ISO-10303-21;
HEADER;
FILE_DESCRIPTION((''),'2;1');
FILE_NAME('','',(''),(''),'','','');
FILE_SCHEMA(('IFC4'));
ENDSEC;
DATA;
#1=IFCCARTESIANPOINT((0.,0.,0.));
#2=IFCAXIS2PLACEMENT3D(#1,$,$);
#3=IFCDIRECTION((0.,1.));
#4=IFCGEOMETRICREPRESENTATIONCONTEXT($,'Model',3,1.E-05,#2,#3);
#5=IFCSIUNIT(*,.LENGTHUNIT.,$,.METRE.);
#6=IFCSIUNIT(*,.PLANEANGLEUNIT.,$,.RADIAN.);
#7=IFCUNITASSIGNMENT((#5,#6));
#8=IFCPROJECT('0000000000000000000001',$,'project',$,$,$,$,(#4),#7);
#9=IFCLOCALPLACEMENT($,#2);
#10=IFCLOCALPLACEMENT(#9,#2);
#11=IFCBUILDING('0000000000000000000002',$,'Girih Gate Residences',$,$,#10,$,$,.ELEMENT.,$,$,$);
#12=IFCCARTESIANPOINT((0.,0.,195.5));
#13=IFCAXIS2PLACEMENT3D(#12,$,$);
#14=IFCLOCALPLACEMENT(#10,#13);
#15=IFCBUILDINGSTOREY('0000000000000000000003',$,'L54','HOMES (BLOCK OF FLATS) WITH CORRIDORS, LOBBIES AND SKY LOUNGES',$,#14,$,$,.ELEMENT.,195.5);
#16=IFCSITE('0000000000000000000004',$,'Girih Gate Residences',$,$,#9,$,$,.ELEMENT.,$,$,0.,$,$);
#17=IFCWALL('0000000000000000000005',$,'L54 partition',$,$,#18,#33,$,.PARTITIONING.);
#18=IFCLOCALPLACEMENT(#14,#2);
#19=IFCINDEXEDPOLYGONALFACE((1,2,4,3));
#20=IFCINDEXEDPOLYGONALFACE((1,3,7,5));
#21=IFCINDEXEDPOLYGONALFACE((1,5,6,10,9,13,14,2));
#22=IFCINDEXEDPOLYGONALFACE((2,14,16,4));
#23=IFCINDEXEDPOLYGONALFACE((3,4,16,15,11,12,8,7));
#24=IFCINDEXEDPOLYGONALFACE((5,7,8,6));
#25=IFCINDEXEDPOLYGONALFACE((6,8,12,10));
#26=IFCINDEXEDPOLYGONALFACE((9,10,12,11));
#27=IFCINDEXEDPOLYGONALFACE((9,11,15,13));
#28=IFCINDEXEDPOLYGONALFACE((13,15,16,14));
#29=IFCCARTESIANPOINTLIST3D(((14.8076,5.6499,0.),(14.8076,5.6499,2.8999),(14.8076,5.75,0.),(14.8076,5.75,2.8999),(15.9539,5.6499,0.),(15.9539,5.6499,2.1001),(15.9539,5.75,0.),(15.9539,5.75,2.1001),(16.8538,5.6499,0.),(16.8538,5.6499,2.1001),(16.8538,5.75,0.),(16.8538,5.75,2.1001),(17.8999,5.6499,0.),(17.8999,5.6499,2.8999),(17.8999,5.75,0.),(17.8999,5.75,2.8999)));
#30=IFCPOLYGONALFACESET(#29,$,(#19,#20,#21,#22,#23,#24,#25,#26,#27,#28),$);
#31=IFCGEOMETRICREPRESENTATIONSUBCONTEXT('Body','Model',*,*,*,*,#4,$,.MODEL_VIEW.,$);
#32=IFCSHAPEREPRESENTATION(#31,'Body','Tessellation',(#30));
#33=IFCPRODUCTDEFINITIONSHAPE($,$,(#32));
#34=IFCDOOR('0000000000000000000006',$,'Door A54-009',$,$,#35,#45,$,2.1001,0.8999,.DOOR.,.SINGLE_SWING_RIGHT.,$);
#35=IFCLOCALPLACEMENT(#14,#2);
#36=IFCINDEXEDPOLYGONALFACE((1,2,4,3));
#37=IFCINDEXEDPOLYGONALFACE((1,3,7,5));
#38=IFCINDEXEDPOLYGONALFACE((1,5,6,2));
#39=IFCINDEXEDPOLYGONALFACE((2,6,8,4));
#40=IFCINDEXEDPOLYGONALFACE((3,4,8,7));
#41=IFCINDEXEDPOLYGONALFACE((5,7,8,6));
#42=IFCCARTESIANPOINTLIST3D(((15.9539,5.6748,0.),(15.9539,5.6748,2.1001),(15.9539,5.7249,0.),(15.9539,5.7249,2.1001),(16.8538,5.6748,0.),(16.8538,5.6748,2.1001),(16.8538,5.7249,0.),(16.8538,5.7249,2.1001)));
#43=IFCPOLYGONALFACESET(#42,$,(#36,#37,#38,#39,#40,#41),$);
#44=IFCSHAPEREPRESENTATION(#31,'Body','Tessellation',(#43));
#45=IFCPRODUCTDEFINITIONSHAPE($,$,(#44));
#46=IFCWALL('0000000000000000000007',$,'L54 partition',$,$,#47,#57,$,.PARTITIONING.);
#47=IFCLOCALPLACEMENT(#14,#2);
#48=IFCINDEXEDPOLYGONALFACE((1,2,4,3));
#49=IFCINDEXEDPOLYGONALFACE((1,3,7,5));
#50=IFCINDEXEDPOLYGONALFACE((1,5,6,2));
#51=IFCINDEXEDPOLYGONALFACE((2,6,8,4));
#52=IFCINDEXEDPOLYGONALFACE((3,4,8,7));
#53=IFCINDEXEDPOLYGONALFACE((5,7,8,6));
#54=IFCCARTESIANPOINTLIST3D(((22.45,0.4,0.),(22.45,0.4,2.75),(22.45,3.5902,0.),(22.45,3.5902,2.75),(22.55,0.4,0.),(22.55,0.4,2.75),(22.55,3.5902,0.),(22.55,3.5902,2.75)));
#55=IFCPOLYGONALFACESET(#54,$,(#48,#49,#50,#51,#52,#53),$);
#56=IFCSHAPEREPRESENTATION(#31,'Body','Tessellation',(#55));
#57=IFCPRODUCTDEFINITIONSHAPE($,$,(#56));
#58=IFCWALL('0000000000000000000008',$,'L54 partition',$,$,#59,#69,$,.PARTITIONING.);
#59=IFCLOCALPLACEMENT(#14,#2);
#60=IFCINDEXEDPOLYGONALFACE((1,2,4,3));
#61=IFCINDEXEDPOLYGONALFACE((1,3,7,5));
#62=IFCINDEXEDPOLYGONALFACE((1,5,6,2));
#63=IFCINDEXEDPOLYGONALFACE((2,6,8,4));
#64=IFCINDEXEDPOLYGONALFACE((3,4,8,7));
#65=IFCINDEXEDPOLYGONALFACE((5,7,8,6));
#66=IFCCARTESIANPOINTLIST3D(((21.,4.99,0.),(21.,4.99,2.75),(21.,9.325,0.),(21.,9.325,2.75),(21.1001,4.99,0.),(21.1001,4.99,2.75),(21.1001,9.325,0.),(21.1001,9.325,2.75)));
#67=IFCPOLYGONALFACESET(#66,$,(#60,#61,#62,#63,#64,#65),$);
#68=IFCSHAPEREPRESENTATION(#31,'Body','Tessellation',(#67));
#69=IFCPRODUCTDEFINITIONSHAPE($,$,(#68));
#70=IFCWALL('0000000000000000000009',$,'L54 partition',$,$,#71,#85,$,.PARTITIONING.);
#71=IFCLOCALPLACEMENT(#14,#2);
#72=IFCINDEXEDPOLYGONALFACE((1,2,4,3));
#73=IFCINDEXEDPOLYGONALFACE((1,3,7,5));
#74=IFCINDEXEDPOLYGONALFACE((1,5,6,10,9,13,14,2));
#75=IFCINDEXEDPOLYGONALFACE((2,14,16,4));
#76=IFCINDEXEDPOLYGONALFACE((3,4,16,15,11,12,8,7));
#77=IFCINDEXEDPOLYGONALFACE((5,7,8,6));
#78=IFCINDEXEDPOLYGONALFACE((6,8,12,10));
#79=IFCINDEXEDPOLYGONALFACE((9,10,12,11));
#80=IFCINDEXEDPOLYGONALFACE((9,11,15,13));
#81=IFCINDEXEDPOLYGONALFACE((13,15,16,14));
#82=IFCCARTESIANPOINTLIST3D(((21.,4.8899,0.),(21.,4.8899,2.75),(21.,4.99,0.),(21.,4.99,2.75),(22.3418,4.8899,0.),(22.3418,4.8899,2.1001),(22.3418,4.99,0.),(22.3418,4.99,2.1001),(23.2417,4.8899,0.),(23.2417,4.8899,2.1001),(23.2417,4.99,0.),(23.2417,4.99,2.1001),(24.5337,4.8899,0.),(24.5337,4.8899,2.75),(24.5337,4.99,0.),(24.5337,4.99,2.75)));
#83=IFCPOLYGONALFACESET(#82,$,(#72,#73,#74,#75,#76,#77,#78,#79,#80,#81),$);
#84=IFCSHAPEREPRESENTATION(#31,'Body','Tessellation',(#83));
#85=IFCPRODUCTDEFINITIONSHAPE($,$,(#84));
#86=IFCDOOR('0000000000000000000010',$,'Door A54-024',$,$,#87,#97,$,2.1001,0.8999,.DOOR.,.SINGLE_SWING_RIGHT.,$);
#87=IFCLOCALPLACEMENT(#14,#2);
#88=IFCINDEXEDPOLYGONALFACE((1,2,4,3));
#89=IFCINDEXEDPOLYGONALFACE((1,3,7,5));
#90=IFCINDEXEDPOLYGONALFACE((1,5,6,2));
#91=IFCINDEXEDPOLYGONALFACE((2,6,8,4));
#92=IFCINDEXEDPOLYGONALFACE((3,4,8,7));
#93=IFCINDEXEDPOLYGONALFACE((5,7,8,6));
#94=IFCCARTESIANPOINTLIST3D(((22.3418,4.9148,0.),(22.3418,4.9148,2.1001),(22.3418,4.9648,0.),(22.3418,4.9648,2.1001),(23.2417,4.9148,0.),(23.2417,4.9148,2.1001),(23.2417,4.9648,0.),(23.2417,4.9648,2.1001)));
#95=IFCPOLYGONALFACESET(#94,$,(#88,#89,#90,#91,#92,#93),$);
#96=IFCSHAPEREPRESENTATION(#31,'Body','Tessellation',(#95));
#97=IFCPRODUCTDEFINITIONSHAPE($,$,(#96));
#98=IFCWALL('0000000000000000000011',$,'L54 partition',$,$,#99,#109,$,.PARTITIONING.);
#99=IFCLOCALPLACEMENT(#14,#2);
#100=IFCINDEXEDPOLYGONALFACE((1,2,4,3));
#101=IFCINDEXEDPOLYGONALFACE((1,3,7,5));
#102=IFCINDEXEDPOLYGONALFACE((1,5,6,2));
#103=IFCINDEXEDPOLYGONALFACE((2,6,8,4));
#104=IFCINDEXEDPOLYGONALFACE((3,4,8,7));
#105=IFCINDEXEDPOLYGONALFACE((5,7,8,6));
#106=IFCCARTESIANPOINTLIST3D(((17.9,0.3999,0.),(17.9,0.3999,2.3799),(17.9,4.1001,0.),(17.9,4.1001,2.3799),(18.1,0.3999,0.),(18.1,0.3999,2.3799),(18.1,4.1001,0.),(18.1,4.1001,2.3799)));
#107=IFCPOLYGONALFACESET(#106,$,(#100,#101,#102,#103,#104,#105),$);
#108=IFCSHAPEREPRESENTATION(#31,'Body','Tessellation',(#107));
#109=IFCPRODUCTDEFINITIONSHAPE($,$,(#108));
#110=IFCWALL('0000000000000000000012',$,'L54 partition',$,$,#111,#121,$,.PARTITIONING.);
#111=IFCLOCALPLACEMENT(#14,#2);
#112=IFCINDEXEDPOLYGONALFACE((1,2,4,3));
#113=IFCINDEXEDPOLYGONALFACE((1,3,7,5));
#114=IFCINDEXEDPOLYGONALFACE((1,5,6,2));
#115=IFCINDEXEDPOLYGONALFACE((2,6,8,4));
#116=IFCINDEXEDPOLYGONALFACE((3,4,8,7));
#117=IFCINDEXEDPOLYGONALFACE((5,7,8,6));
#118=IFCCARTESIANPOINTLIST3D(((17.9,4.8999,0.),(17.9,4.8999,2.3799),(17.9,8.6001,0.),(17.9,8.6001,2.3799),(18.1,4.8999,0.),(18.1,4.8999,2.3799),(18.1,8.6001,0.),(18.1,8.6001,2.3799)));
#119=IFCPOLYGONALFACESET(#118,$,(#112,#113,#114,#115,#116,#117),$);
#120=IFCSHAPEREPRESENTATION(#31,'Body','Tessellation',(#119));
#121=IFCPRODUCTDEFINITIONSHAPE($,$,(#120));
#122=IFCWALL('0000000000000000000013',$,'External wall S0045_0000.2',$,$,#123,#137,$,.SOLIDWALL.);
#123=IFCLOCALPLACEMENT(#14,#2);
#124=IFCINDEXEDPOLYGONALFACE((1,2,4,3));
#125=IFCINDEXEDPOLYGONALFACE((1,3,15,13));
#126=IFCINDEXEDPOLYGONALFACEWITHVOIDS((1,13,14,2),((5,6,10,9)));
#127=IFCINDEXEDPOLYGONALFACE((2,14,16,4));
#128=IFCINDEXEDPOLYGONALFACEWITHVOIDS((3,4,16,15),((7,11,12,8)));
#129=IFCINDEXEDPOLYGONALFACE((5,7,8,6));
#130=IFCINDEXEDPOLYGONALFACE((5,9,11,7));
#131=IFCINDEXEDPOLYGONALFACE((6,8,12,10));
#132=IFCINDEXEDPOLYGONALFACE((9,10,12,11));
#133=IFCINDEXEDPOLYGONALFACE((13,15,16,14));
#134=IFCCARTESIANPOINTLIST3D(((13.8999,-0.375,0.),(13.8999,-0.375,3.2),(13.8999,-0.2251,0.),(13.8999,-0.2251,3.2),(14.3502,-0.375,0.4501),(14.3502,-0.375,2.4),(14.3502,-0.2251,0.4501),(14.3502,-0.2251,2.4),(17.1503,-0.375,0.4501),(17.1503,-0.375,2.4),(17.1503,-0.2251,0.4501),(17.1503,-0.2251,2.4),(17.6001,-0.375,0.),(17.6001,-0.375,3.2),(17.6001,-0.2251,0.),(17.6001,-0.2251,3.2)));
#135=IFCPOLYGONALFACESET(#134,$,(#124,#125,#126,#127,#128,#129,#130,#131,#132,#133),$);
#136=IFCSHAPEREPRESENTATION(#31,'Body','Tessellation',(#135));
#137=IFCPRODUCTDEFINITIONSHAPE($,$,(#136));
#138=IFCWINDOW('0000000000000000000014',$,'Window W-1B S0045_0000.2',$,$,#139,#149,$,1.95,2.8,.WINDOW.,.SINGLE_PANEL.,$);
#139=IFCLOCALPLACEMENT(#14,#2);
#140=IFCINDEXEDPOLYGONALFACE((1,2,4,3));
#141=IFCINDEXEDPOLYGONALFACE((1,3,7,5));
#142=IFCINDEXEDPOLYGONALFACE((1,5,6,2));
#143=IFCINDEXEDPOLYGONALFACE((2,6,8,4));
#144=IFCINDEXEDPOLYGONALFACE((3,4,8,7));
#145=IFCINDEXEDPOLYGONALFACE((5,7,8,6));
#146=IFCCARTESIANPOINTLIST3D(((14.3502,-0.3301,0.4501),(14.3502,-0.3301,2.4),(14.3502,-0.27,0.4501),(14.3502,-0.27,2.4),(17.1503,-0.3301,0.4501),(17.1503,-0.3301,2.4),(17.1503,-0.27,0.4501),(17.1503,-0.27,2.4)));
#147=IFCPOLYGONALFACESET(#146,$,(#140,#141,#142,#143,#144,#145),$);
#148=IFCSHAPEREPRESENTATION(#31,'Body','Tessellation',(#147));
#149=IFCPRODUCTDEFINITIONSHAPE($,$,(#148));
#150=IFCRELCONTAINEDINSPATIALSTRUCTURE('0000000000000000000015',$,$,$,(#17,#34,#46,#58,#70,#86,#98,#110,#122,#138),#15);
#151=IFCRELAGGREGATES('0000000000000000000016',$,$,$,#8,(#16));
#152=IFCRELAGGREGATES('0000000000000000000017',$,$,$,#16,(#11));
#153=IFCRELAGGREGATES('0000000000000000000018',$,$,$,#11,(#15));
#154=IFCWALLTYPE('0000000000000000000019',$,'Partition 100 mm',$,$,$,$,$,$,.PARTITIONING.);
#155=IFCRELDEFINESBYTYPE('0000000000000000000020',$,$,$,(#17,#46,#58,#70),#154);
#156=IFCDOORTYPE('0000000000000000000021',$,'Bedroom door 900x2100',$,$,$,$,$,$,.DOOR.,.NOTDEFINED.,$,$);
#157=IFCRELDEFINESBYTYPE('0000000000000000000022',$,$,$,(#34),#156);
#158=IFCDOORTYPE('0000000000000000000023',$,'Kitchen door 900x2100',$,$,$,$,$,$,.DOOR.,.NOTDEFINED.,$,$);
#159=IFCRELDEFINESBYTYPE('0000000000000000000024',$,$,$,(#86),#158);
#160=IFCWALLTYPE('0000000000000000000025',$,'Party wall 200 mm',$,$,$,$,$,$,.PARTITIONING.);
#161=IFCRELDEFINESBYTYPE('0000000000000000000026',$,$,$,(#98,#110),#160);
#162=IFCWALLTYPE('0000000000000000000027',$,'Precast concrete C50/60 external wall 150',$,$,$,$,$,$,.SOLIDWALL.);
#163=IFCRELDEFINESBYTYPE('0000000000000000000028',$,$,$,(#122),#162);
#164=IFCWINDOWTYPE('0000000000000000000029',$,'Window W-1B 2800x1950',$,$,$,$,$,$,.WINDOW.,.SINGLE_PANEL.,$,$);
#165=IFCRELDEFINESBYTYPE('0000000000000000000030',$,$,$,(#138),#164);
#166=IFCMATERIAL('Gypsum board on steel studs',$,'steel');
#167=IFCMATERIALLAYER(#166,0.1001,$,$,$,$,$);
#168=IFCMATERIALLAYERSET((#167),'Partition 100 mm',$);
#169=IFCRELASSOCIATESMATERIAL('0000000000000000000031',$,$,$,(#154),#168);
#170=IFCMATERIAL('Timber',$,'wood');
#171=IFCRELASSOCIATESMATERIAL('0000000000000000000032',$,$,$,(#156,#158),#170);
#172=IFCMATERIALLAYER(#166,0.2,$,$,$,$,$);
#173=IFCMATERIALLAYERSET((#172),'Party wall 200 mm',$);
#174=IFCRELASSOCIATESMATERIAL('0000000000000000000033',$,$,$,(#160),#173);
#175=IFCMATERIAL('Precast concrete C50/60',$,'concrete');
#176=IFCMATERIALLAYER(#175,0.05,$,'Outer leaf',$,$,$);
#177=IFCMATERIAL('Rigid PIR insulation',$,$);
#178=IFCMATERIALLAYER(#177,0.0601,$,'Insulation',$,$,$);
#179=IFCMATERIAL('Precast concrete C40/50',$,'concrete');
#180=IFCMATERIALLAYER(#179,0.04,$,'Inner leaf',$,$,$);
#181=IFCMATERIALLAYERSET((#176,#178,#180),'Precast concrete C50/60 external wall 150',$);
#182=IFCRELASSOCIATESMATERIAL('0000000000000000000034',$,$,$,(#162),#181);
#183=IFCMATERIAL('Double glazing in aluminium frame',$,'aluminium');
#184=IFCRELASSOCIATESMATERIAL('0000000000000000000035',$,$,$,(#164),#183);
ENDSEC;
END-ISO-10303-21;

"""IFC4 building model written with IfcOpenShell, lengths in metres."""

from ifc_helpers import new_model, si_unit, direction, frame, frame_2d, origin, place, context, subcontext, project, spatial, rectangle, extrude, material, layer, layer_set, type_object, element, fill, save


model = new_model("IFC4")

# Units and contexts
model_context = context("Model", 3, precision=1e-05, world=origin(), true_north=direction((0.0, 1.0)))
body_context = subcontext(model_context, "Body", "Model", "MODEL_VIEW")
ifc_project = project(units=[si_unit("LENGTHUNIT", "METRE"), si_unit("PLANEANGLEUNIT", "RADIAN")], contexts=[model_context])

# Site, building, storey
site_placement = place(None, origin())
site = spatial("IfcSite", under=ifc_project, at=site_placement, Name="Girih Gate Residences", CompositionType="ELEMENT", RefElevation=0.0)
building_placement = place(site_placement, origin())
building = spatial("IfcBuilding", under=site, at=building_placement, Name="Girih Gate Residences", CompositionType="ELEMENT")
storey_placement = place(building_placement, frame((0.0, 0.0, 195.5)))
storey = spatial("IfcBuildingStorey", under=building, at=storey_placement, Name="L54", Description="HOMES (BLOCK OF FLATS) WITH CORRIDORS, LOBBIES AND SKY LOUNGES", CompositionType="ELEMENT", Elevation=195.5)

# Shared definitions
ifc_material_1 = material(Name="Gypsum board on steel studs", Category="steel")
ifc_layer_1 = layer(ifc_material_1, 0.1001)
ifc_layer_set_1 = layer_set([ifc_layer_1], Name="Partition 100 mm")
wall_type_1 = type_object("IfcWallType", Name="Partition 100 mm", PredefinedType="PARTITIONING", material=ifc_layer_set_1)

# Shared definitions
ifc_material_2 = material(Name="Timber", Category="wood")
door_type_1 = type_object("IfcDoorType", Name="Bedroom door 900x2100", OperationType="NOTDEFINED", PredefinedType="DOOR", material=ifc_material_2)

# Wall, opening, door
wall_1_placement = place(storey_placement, frame((14.8076, 5.7, 0.0), z_axis=(0.0, 0.0, 1.0), x_axis=(1.0, 0.0, 0.0)))
wall_1 = element("IfcWall", 1, at=wall_1_placement, inside=storey, type_object=wall_type_1, Name="L54 partition", PredefinedType="PARTITIONING", context=body_context, shape_type="SweptSolid", body=[
    extrude(rectangle(XDim=3.0923, YDim=0.1001, at=frame_2d((1.5461, 0.0))), origin(), (0.0, 0.0, 1.0), 2.8999),
])
opening_1_placement = place(wall_1_placement, frame((1.1462, 0.0, 0.0)))
opening_1 = element("IfcOpeningElement", 2, at=opening_1_placement, cuts=wall_1, PredefinedType="OPENING", context=body_context, shape_type="SweptSolid", body=[
    extrude(rectangle(XDim=0.8999, YDim=2.1001, at=frame_2d((0.45, 1.05))), frame((0.0, 0.0601, 0.0), z_axis=(0.0, -1.0, 0.0), x_axis=(1.0, 0.0, 0.0)), (0.0, 0.0, 1.0), 0.1201),
])
door_1_placement = place(opening_1_placement, origin())
door_1 = element("IfcDoor", 3, at=door_1_placement, inside=storey, type_object=door_type_1, Name="Door A54-009", OperationType="SINGLE_SWING_RIGHT", OverallHeight=2.1001, OverallWidth=0.8999, PredefinedType="DOOR", context=body_context, shape_type="SweptSolid", body=[
    extrude(rectangle(XDim=0.8999, YDim=2.1001, at=frame_2d((0.45, 1.05))), frame((0.0, 0.0249, 0.0), z_axis=(0.0, -1.0, 0.0), x_axis=(1.0, 0.0, 0.0)), (0.0, 0.0, 1.0), 0.05),
])
fill(opening_1, door_1)

# Walls
wall_2_placement = place(storey_placement, frame((22.5, 0.3999, 0.0), z_axis=(0.0, 0.0, 1.0), x_axis=(0.0, 1.0, 0.0)))
element("IfcWall", 4, at=wall_2_placement, inside=storey, type_object=wall_type_1, Name="L54 partition", PredefinedType="PARTITIONING", context=body_context, shape_type="SweptSolid", body=[
    extrude(rectangle(XDim=3.1902, YDim=0.1001, at=frame_2d((1.5952, 0.0))), origin(), (0.0, 0.0, 1.0), 2.75),
])
wall_3_placement = place(storey_placement, frame((21.05, 4.99, 0.0), z_axis=(0.0, 0.0, 1.0), x_axis=(0.0, 1.0, 0.0)))
element("IfcWall", 5, at=wall_3_placement, inside=storey, type_object=wall_type_1, Name="L54 partition", PredefinedType="PARTITIONING", context=body_context, shape_type="SweptSolid", body=[
    extrude(rectangle(XDim=4.335, YDim=0.1001, at=frame_2d((2.1675, 0.0))), origin(), (0.0, 0.0, 1.0), 2.75),
])

# Wall, opening, door
wall_4_placement = place(storey_placement, frame((21.0, 4.9399, 0.0), z_axis=(0.0, 0.0, 1.0), x_axis=(1.0, 0.0, 0.0)))
wall_4 = element("IfcWall", 6, at=wall_4_placement, inside=storey, type_object=wall_type_1, Name="L54 partition", PredefinedType="PARTITIONING", context=body_context, shape_type="SweptSolid", body=[
    extrude(rectangle(XDim=3.5337, YDim=0.1001, at=frame_2d((1.7668, 0.0))), origin(), (0.0, 0.0, 1.0), 2.75),
])
opening_2_placement = place(wall_4_placement, frame((1.3418, 0.0, 0.0)))
opening_2 = element("IfcOpeningElement", 7, at=opening_2_placement, cuts=wall_4, PredefinedType="OPENING", context=body_context, shape_type="SweptSolid", body=[
    extrude(rectangle(XDim=0.8999, YDim=2.1001, at=frame_2d((0.45, 1.05))), frame((0.0, 0.0601, 0.0), z_axis=(0.0, -1.0, 0.0), x_axis=(1.0, 0.0, 0.0)), (0.0, 0.0, 1.0), 0.1201),
])
door_type_2 = type_object("IfcDoorType", Name="Kitchen door 900x2100", OperationType="NOTDEFINED", PredefinedType="DOOR", material=ifc_material_2)
door_2_placement = place(opening_2_placement, origin())
door_2 = element("IfcDoor", 8, at=door_2_placement, inside=storey, type_object=door_type_2, Name="Door A54-024", OperationType="SINGLE_SWING_RIGHT", OverallHeight=2.1001, OverallWidth=0.8999, PredefinedType="DOOR", context=body_context, shape_type="SweptSolid", body=[
    extrude(rectangle(XDim=0.8999, YDim=2.1001, at=frame_2d((0.45, 1.05))), frame((0.0, 0.0249, 0.0), z_axis=(0.0, -1.0, 0.0), x_axis=(1.0, 0.0, 0.0)), (0.0, 0.0, 1.0), 0.05),
])
fill(opening_2, door_2)

# Walls
ifc_layer_2 = layer(ifc_material_1, 0.2)
ifc_layer_set_2 = layer_set([ifc_layer_2], Name="Party wall 200 mm")
wall_type_2 = type_object("IfcWallType", Name="Party wall 200 mm", PredefinedType="PARTITIONING", material=ifc_layer_set_2)
for number, where, z_axis, x_axis, name in (
    (9, (18.0, 0.3999, 0.0), (0.0, 0.0, 1.0), (0.0, 1.0, 0.0), "L54 partition"),
    (10, (18.0, 4.8999, 0.0), (0.0, 0.0, 1.0), (0.0, 1.0, 0.0), "L54 partition"),
):
    element("IfcWall", number, at=place(storey_placement, frame(where, z_axis=z_axis, x_axis=x_axis)), inside=storey, type_object=wall_type_2, Name=name, PredefinedType="PARTITIONING", context=body_context, shape_type="SweptSolid", body=[
        extrude(rectangle(XDim=3.7002, YDim=0.2, at=frame_2d((1.8501, 0.0))), origin(), (0.0, 0.0, 1.0), 2.3799),
    ])

# Wall, opening, window
ifc_material_3 = material(Name="Precast concrete C50/60", Category="concrete")
ifc_layer_3 = layer(ifc_material_3, 0.05, Name="Outer leaf")
ifc_material_4 = material(Name="Rigid PIR insulation")
ifc_layer_4 = layer(ifc_material_4, 0.0601, Name="Insulation")
ifc_material_5 = material(Name="Precast concrete C40/50", Category="concrete")
ifc_layer_5 = layer(ifc_material_5, 0.04, Name="Inner leaf")
ifc_layer_set_3 = layer_set([ifc_layer_3, ifc_layer_4, ifc_layer_5], Name="Precast concrete C50/60 external wall 150")
wall_type_3 = type_object("IfcWallType", Name="Precast concrete C50/60 external wall 150", PredefinedType="SOLIDWALL", material=ifc_layer_set_3)
wall_5_placement = place(storey_placement, frame((17.6001, -0.3, 0.0), z_axis=(0.0, 0.0, 1.0), x_axis=(-1.0, 0.0, 0.0)))
wall_5 = element("IfcWall", 11, at=wall_5_placement, inside=storey, type_object=wall_type_3, Name="External wall S0045_0000.2", PredefinedType="SOLIDWALL", context=body_context, shape_type="SweptSolid", body=[
    extrude(rectangle(XDim=3.7002, YDim=0.1499, at=frame_2d((1.8501, 0.0))), origin(), (0.0, 0.0, 1.0), 3.2),
])
opening_3_placement = place(wall_5_placement, frame((0.45, 0.0, 0.45)))
opening_3 = element("IfcOpeningElement", 12, at=opening_3_placement, cuts=wall_5, PredefinedType="OPENING", context=body_context, shape_type="SweptSolid", body=[
    extrude(rectangle(XDim=2.8, YDim=1.95, at=frame_2d((1.3999, 0.9751))), frame((0.0, 0.085, 0.0), z_axis=(0.0, -1.0, 0.0), x_axis=(1.0, 0.0, 0.0)), (0.0, 0.0, 1.0), 0.1699),
])
ifc_material_6 = material(Name="Double glazing in aluminium frame", Category="aluminium")
window_type = type_object("IfcWindowType", Name="Window W-1B 2800x1950", PartitioningType="SINGLE_PANEL", PredefinedType="WINDOW", material=ifc_material_6)
window_1_placement = place(opening_3_placement, origin())
window_1 = element("IfcWindow", 13, at=window_1_placement, inside=storey, type_object=window_type, Name="Window W-1B S0045_0000.2", OverallHeight=1.95, OverallWidth=2.8, PartitioningType="SINGLE_PANEL", PredefinedType="WINDOW", context=body_context, shape_type="SweptSolid", body=[
    extrude(rectangle(XDim=2.8, YDim=1.95, at=frame_2d((1.3999, 0.9751))), frame((0.0, 0.03, 0.0), z_axis=(0.0, -1.0, 0.0), x_axis=(1.0, 0.0, 0.0)), (0.0, 0.0, 1.0), 0.0601),
])
fill(opening_3, window_1)

save(model, "model.ifc")
